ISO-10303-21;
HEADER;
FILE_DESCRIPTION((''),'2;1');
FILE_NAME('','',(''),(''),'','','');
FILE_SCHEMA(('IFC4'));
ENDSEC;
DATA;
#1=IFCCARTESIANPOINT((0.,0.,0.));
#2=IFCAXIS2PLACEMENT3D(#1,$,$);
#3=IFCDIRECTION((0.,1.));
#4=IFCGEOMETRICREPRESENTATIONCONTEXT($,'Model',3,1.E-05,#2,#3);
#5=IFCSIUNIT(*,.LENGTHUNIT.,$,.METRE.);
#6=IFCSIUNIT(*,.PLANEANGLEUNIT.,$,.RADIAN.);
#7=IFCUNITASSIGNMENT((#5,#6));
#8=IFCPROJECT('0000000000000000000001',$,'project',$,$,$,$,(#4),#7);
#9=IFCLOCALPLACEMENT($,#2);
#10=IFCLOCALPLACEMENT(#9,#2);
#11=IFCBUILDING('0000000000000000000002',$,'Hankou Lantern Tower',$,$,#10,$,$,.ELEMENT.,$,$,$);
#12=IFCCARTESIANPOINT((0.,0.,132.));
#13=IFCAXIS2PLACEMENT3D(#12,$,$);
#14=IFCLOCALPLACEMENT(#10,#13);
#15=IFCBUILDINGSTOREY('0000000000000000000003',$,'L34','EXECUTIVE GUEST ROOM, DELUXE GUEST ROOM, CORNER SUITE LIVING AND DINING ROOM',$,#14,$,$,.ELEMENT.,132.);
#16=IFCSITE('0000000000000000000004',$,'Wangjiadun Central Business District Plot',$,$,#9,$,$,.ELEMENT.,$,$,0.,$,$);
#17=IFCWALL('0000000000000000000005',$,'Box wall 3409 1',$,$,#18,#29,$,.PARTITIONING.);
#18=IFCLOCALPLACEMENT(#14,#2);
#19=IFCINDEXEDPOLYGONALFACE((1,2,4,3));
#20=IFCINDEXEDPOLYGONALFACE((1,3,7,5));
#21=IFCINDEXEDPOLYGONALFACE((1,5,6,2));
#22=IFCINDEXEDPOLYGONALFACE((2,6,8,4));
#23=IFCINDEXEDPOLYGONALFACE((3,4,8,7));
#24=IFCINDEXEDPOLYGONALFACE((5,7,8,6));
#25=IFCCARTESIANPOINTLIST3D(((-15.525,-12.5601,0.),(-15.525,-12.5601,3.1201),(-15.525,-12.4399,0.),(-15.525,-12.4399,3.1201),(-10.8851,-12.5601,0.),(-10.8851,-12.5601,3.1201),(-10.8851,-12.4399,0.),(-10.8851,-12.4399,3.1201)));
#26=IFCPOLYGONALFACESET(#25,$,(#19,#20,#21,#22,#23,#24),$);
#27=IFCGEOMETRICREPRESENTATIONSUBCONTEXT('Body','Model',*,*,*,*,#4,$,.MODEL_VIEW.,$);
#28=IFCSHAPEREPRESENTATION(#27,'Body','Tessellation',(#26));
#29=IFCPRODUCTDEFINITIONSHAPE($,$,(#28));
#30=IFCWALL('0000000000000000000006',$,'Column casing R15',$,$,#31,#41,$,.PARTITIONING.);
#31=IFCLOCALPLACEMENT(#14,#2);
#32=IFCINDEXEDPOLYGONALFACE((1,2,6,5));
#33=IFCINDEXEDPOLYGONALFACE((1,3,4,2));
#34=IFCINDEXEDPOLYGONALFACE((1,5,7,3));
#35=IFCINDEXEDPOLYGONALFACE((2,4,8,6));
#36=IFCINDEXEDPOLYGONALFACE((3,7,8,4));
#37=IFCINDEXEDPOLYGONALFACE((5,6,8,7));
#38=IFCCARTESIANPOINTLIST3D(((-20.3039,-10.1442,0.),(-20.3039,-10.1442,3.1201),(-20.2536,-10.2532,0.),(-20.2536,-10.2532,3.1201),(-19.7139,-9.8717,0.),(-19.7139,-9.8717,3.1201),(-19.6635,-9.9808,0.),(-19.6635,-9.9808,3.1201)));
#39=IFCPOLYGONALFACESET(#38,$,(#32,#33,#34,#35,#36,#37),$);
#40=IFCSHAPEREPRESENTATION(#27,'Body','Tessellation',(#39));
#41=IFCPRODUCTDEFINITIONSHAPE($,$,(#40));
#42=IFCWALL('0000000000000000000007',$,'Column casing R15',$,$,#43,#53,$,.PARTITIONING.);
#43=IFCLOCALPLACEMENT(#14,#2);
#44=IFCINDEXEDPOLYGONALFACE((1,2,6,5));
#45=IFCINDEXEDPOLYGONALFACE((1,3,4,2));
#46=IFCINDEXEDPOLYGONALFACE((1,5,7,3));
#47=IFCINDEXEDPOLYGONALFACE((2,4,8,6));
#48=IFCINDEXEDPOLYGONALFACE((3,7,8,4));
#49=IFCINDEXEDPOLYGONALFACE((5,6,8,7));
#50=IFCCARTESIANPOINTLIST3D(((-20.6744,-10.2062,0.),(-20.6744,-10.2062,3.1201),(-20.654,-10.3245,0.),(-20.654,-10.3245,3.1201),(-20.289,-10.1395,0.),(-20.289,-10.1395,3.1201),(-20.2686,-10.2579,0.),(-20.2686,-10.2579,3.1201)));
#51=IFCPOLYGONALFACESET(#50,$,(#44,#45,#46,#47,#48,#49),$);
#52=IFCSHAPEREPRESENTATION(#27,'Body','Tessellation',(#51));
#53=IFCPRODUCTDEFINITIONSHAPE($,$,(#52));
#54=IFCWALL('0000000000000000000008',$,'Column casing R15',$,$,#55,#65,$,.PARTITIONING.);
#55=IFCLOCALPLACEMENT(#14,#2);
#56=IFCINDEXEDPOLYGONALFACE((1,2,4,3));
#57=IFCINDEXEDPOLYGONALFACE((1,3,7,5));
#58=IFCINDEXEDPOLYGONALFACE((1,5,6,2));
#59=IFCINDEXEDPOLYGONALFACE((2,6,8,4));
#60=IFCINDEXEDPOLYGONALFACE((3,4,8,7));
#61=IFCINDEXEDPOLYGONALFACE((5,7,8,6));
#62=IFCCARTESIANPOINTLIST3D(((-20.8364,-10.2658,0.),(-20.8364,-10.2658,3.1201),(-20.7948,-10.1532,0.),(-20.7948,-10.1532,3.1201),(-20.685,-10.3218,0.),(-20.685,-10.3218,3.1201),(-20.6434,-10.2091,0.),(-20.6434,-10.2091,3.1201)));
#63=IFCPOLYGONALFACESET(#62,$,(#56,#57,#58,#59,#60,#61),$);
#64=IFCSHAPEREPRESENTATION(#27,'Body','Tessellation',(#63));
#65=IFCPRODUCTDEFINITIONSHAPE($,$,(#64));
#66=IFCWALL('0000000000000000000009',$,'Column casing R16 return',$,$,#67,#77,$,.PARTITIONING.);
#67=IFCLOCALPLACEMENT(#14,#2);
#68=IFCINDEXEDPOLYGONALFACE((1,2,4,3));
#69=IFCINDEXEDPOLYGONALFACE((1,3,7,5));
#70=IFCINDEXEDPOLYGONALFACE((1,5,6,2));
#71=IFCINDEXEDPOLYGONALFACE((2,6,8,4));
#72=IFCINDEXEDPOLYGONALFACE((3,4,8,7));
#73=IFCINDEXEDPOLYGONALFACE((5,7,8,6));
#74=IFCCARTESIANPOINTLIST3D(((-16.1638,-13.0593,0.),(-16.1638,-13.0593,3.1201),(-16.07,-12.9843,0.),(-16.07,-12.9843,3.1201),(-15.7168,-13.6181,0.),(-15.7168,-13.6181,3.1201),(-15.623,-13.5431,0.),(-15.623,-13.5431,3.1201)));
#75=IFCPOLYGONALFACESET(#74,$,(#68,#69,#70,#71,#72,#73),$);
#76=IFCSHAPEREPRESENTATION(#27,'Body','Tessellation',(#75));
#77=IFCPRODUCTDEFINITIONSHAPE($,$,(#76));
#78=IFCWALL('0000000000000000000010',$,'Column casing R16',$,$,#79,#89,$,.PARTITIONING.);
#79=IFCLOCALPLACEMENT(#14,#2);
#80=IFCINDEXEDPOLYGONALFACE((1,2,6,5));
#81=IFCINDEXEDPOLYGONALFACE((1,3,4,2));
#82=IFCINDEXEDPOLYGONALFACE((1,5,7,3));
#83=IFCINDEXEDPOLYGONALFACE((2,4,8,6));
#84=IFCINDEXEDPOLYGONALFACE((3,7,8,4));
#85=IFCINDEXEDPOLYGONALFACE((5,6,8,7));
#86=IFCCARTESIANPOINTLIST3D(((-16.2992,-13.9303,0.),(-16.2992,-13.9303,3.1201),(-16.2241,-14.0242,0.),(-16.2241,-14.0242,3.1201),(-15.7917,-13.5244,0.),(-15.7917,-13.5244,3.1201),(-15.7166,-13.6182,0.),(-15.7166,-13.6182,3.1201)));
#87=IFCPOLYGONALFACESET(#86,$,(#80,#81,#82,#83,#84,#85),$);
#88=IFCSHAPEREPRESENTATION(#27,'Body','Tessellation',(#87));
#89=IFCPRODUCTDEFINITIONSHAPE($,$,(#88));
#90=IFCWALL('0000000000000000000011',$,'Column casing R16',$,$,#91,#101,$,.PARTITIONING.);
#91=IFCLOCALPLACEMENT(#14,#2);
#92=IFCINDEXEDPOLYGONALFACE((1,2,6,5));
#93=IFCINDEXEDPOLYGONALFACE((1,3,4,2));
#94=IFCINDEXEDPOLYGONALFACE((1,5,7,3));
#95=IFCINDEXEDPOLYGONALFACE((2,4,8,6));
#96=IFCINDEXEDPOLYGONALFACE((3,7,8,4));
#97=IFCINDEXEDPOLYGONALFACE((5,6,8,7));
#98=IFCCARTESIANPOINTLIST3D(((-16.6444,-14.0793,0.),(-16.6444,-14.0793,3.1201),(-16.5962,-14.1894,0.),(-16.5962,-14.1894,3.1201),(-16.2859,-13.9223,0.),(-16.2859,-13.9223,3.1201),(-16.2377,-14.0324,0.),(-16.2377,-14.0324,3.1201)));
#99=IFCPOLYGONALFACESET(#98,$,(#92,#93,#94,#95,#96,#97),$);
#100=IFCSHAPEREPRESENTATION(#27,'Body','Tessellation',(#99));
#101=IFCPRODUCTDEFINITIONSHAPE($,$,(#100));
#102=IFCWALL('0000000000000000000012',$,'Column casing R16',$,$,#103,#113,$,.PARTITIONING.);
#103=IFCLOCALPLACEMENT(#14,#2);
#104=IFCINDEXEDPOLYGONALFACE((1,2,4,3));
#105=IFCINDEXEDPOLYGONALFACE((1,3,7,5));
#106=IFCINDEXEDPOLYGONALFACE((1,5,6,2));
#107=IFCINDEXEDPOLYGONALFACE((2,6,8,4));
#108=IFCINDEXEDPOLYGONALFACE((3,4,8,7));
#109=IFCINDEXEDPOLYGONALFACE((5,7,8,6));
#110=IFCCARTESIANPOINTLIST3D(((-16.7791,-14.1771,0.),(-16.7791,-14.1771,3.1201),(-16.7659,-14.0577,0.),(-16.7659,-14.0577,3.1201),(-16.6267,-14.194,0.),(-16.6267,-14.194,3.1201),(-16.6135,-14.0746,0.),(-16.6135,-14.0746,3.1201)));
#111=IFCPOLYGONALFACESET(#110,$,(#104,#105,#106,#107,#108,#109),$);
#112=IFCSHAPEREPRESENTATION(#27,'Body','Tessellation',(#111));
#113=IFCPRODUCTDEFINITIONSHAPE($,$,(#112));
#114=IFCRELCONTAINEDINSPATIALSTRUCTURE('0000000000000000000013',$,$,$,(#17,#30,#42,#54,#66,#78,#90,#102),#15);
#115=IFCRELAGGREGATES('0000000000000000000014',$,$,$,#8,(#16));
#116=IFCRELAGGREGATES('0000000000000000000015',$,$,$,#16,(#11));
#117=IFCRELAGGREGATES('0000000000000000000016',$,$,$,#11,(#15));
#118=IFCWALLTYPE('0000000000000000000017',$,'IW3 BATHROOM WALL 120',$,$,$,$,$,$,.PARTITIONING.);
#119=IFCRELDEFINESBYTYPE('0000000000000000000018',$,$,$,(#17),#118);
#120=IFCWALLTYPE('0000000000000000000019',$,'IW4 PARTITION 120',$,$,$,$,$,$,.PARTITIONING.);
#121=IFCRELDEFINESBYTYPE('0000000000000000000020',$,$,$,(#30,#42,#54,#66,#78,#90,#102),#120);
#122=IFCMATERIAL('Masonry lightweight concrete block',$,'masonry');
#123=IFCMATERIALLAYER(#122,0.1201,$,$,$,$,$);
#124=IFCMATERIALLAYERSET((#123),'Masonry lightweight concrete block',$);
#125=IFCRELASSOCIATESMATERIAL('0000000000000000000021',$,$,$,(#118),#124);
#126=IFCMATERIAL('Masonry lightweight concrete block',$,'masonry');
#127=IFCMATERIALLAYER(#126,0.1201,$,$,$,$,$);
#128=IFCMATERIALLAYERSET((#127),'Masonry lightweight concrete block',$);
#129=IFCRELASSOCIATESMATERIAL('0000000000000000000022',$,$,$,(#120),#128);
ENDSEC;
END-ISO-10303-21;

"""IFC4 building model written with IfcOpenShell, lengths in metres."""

from ifc_helpers import new_model, si_unit, direction, frame, frame_2d, origin, place, context, subcontext, project, spatial, rectangle, extrude, material, layer, layer_set, type_object, element, save


model = new_model("IFC4")

# Units and contexts
model_context = context("Model", 3, precision=1e-05, world=origin(), true_north=direction((0.0, 1.0)))
body_context = subcontext(model_context, "Body", "Model", "MODEL_VIEW")
ifc_project = project(units=[si_unit("LENGTHUNIT", "METRE"), si_unit("PLANEANGLEUNIT", "RADIAN")], contexts=[model_context])

# Site, building, storey
site_placement = place(None, origin())
site = spatial("IfcSite", under=ifc_project, at=site_placement, Name="Wangjiadun Central Business District Plot", CompositionType="ELEMENT", RefElevation=0.0)
building_placement = place(site_placement, origin())
building = spatial("IfcBuilding", under=site, at=building_placement, Name="Hankou Lantern Tower", CompositionType="ELEMENT")
storey_placement = place(building_placement, frame((0.0, 0.0, 132.0)))
storey = spatial("IfcBuildingStorey", under=building, at=storey_placement, Name="L34", Description="EXECUTIVE GUEST ROOM, DELUXE GUEST ROOM, CORNER SUITE LIVING AND DINING ROOM", CompositionType="ELEMENT", Elevation=132.0)

# Walls
ifc_material_1 = material(Name="Masonry lightweight concrete block", Category="masonry")
ifc_layer_1 = layer(ifc_material_1, 0.1201)
ifc_layer_set_1 = layer_set([ifc_layer_1], Name="Masonry lightweight concrete block")
wall_type_1 = type_object("IfcWallType", Name="IW3 BATHROOM WALL 120", PredefinedType="PARTITIONING", material=ifc_layer_set_1)
wall_1_placement = place(storey_placement, frame((-15.5249, -12.5, 0.0), z_axis=(0.0, 0.0, 1.0), x_axis=(1.0, 0.0, 0.0)))
element("IfcWall", 1, at=wall_1_placement, inside=storey, type_object=wall_type_1, Name="Box wall 3409 1", PredefinedType="PARTITIONING", context=body_context, shape_type="SweptSolid", body=[
    extrude(rectangle(XDim=4.6399, YDim=0.1201, at=frame_2d((2.3198, 0.0))), origin(), (0.0, 0.0, 1.0), 3.1201),
])
ifc_material_2 = material(Name="Masonry lightweight concrete block", Category="masonry")
ifc_layer_2 = layer(ifc_material_2, 0.1201)
ifc_layer_set_2 = layer_set([ifc_layer_2], Name="Masonry lightweight concrete block")
wall_type_2 = type_object("IfcWallType", Name="IW4 PARTITION 120", PredefinedType="PARTITIONING", material=ifc_layer_set_2)
wall_2_placement = place(storey_placement, frame((-19.6887, -9.9263, 0.0), z_axis=(0.0, 0.0, 1.0), x_axis=(-0.907893, -0.419201, 0.0)))
element("IfcWall", 2, at=wall_2_placement, inside=storey, type_object=wall_type_2, Name="Column casing R15", PredefinedType="PARTITIONING", context=body_context, shape_type="SweptSolid", body=[
    extrude(rectangle(XDim=0.6499, YDim=0.1201, at=frame_2d((0.325, 0.0))), origin(), (0.0, 0.0, 1.0), 3.1201),
])
wall_3_placement = place(storey_placement, frame((-20.2788, -10.1987, 0.0), z_axis=(0.0, 0.0, 1.0), x_axis=(-0.985381, -0.170367, 0.0)))
element("IfcWall", 3, at=wall_3_placement, inside=storey, type_object=wall_type_2, Name="Column casing R15", PredefinedType="PARTITIONING", context=body_context, shape_type="SweptSolid", body=[
    extrude(rectangle(XDim=0.3911, YDim=0.1201, at=frame_2d((0.1956, 0.0))), origin(), (0.0, 0.0, 1.0), 3.1201),
])
wall_4_placement = place(storey_placement, frame((-20.6643, -10.2654, 0.0), z_axis=(0.0, 0.0, 1.0), x_axis=(-0.938059, 0.346477, 0.0)))
element("IfcWall", 4, at=wall_4_placement, inside=storey, type_object=wall_type_2, Name="Column casing R15", PredefinedType="PARTITIONING", context=body_context, shape_type="SweptSolid", body=[
    extrude(rectangle(XDim=0.1614, YDim=0.1201, at=frame_2d((0.0806, 0.0))), origin(), (0.0, 0.0, 1.0), 3.1201),
])
wall_5_placement = place(storey_placement, frame((-16.1169, -13.0217, 0.0), z_axis=(0.0, 0.0, 1.0), x_axis=(0.624653, -0.780902, 0.0)))
element("IfcWall", 5, at=wall_5_placement, inside=storey, type_object=wall_type_2, Name="Column casing R16 return", PredefinedType="PARTITIONING", context=body_context, shape_type="SweptSolid", body=[
    extrude(rectangle(XDim=0.7156, YDim=0.1201, at=frame_2d((0.3579, 0.0))), origin(), (0.0, 0.0, 1.0), 3.1201),
])
wall_6_placement = place(storey_placement, frame((-15.7542, -13.5713, 0.0), z_axis=(0.0, 0.0, 1.0), x_axis=(-0.780905, -0.624649, 0.0)))
element("IfcWall", 6, at=wall_6_placement, inside=storey, type_object=wall_type_2, Name="Column casing R16", PredefinedType="PARTITIONING", context=body_context, shape_type="SweptSolid", body=[
    extrude(rectangle(XDim=0.6499, YDim=0.1201, at=frame_2d((0.325, 0.0))), origin(), (0.0, 0.0, 1.0), 3.1201),
])
wall_7_placement = place(storey_placement, frame((-16.2617, -13.9773, 0.0), z_axis=(0.0, 0.0, 1.0), x_axis=(-0.915985, -0.401212, 0.0)))
element("IfcWall", 7, at=wall_7_placement, inside=storey, type_object=wall_type_2, Name="Column casing R16", PredefinedType="PARTITIONING", context=body_context, shape_type="SweptSolid", body=[
    extrude(rectangle(XDim=0.3914, YDim=0.1201, at=frame_2d((0.1958, 0.0))), origin(), (0.0, 0.0, 1.0), 3.1201),
])
wall_8_placement = place(storey_placement, frame((-16.6201, -14.1343, 0.0), z_axis=(0.0, 0.0, 1.0), x_axis=(-0.993942, 0.109907, 0.0)))
element("IfcWall", 8, at=wall_8_placement, inside=storey, type_object=wall_type_2, Name="Column casing R16", PredefinedType="PARTITIONING", context=body_context, shape_type="SweptSolid", body=[
    extrude(rectangle(XDim=0.1533, YDim=0.1201, at=frame_2d((0.0767, 0.0))), origin(), (0.0, 0.0, 1.0), 3.1201),
])

save(model, "model.ifc")
